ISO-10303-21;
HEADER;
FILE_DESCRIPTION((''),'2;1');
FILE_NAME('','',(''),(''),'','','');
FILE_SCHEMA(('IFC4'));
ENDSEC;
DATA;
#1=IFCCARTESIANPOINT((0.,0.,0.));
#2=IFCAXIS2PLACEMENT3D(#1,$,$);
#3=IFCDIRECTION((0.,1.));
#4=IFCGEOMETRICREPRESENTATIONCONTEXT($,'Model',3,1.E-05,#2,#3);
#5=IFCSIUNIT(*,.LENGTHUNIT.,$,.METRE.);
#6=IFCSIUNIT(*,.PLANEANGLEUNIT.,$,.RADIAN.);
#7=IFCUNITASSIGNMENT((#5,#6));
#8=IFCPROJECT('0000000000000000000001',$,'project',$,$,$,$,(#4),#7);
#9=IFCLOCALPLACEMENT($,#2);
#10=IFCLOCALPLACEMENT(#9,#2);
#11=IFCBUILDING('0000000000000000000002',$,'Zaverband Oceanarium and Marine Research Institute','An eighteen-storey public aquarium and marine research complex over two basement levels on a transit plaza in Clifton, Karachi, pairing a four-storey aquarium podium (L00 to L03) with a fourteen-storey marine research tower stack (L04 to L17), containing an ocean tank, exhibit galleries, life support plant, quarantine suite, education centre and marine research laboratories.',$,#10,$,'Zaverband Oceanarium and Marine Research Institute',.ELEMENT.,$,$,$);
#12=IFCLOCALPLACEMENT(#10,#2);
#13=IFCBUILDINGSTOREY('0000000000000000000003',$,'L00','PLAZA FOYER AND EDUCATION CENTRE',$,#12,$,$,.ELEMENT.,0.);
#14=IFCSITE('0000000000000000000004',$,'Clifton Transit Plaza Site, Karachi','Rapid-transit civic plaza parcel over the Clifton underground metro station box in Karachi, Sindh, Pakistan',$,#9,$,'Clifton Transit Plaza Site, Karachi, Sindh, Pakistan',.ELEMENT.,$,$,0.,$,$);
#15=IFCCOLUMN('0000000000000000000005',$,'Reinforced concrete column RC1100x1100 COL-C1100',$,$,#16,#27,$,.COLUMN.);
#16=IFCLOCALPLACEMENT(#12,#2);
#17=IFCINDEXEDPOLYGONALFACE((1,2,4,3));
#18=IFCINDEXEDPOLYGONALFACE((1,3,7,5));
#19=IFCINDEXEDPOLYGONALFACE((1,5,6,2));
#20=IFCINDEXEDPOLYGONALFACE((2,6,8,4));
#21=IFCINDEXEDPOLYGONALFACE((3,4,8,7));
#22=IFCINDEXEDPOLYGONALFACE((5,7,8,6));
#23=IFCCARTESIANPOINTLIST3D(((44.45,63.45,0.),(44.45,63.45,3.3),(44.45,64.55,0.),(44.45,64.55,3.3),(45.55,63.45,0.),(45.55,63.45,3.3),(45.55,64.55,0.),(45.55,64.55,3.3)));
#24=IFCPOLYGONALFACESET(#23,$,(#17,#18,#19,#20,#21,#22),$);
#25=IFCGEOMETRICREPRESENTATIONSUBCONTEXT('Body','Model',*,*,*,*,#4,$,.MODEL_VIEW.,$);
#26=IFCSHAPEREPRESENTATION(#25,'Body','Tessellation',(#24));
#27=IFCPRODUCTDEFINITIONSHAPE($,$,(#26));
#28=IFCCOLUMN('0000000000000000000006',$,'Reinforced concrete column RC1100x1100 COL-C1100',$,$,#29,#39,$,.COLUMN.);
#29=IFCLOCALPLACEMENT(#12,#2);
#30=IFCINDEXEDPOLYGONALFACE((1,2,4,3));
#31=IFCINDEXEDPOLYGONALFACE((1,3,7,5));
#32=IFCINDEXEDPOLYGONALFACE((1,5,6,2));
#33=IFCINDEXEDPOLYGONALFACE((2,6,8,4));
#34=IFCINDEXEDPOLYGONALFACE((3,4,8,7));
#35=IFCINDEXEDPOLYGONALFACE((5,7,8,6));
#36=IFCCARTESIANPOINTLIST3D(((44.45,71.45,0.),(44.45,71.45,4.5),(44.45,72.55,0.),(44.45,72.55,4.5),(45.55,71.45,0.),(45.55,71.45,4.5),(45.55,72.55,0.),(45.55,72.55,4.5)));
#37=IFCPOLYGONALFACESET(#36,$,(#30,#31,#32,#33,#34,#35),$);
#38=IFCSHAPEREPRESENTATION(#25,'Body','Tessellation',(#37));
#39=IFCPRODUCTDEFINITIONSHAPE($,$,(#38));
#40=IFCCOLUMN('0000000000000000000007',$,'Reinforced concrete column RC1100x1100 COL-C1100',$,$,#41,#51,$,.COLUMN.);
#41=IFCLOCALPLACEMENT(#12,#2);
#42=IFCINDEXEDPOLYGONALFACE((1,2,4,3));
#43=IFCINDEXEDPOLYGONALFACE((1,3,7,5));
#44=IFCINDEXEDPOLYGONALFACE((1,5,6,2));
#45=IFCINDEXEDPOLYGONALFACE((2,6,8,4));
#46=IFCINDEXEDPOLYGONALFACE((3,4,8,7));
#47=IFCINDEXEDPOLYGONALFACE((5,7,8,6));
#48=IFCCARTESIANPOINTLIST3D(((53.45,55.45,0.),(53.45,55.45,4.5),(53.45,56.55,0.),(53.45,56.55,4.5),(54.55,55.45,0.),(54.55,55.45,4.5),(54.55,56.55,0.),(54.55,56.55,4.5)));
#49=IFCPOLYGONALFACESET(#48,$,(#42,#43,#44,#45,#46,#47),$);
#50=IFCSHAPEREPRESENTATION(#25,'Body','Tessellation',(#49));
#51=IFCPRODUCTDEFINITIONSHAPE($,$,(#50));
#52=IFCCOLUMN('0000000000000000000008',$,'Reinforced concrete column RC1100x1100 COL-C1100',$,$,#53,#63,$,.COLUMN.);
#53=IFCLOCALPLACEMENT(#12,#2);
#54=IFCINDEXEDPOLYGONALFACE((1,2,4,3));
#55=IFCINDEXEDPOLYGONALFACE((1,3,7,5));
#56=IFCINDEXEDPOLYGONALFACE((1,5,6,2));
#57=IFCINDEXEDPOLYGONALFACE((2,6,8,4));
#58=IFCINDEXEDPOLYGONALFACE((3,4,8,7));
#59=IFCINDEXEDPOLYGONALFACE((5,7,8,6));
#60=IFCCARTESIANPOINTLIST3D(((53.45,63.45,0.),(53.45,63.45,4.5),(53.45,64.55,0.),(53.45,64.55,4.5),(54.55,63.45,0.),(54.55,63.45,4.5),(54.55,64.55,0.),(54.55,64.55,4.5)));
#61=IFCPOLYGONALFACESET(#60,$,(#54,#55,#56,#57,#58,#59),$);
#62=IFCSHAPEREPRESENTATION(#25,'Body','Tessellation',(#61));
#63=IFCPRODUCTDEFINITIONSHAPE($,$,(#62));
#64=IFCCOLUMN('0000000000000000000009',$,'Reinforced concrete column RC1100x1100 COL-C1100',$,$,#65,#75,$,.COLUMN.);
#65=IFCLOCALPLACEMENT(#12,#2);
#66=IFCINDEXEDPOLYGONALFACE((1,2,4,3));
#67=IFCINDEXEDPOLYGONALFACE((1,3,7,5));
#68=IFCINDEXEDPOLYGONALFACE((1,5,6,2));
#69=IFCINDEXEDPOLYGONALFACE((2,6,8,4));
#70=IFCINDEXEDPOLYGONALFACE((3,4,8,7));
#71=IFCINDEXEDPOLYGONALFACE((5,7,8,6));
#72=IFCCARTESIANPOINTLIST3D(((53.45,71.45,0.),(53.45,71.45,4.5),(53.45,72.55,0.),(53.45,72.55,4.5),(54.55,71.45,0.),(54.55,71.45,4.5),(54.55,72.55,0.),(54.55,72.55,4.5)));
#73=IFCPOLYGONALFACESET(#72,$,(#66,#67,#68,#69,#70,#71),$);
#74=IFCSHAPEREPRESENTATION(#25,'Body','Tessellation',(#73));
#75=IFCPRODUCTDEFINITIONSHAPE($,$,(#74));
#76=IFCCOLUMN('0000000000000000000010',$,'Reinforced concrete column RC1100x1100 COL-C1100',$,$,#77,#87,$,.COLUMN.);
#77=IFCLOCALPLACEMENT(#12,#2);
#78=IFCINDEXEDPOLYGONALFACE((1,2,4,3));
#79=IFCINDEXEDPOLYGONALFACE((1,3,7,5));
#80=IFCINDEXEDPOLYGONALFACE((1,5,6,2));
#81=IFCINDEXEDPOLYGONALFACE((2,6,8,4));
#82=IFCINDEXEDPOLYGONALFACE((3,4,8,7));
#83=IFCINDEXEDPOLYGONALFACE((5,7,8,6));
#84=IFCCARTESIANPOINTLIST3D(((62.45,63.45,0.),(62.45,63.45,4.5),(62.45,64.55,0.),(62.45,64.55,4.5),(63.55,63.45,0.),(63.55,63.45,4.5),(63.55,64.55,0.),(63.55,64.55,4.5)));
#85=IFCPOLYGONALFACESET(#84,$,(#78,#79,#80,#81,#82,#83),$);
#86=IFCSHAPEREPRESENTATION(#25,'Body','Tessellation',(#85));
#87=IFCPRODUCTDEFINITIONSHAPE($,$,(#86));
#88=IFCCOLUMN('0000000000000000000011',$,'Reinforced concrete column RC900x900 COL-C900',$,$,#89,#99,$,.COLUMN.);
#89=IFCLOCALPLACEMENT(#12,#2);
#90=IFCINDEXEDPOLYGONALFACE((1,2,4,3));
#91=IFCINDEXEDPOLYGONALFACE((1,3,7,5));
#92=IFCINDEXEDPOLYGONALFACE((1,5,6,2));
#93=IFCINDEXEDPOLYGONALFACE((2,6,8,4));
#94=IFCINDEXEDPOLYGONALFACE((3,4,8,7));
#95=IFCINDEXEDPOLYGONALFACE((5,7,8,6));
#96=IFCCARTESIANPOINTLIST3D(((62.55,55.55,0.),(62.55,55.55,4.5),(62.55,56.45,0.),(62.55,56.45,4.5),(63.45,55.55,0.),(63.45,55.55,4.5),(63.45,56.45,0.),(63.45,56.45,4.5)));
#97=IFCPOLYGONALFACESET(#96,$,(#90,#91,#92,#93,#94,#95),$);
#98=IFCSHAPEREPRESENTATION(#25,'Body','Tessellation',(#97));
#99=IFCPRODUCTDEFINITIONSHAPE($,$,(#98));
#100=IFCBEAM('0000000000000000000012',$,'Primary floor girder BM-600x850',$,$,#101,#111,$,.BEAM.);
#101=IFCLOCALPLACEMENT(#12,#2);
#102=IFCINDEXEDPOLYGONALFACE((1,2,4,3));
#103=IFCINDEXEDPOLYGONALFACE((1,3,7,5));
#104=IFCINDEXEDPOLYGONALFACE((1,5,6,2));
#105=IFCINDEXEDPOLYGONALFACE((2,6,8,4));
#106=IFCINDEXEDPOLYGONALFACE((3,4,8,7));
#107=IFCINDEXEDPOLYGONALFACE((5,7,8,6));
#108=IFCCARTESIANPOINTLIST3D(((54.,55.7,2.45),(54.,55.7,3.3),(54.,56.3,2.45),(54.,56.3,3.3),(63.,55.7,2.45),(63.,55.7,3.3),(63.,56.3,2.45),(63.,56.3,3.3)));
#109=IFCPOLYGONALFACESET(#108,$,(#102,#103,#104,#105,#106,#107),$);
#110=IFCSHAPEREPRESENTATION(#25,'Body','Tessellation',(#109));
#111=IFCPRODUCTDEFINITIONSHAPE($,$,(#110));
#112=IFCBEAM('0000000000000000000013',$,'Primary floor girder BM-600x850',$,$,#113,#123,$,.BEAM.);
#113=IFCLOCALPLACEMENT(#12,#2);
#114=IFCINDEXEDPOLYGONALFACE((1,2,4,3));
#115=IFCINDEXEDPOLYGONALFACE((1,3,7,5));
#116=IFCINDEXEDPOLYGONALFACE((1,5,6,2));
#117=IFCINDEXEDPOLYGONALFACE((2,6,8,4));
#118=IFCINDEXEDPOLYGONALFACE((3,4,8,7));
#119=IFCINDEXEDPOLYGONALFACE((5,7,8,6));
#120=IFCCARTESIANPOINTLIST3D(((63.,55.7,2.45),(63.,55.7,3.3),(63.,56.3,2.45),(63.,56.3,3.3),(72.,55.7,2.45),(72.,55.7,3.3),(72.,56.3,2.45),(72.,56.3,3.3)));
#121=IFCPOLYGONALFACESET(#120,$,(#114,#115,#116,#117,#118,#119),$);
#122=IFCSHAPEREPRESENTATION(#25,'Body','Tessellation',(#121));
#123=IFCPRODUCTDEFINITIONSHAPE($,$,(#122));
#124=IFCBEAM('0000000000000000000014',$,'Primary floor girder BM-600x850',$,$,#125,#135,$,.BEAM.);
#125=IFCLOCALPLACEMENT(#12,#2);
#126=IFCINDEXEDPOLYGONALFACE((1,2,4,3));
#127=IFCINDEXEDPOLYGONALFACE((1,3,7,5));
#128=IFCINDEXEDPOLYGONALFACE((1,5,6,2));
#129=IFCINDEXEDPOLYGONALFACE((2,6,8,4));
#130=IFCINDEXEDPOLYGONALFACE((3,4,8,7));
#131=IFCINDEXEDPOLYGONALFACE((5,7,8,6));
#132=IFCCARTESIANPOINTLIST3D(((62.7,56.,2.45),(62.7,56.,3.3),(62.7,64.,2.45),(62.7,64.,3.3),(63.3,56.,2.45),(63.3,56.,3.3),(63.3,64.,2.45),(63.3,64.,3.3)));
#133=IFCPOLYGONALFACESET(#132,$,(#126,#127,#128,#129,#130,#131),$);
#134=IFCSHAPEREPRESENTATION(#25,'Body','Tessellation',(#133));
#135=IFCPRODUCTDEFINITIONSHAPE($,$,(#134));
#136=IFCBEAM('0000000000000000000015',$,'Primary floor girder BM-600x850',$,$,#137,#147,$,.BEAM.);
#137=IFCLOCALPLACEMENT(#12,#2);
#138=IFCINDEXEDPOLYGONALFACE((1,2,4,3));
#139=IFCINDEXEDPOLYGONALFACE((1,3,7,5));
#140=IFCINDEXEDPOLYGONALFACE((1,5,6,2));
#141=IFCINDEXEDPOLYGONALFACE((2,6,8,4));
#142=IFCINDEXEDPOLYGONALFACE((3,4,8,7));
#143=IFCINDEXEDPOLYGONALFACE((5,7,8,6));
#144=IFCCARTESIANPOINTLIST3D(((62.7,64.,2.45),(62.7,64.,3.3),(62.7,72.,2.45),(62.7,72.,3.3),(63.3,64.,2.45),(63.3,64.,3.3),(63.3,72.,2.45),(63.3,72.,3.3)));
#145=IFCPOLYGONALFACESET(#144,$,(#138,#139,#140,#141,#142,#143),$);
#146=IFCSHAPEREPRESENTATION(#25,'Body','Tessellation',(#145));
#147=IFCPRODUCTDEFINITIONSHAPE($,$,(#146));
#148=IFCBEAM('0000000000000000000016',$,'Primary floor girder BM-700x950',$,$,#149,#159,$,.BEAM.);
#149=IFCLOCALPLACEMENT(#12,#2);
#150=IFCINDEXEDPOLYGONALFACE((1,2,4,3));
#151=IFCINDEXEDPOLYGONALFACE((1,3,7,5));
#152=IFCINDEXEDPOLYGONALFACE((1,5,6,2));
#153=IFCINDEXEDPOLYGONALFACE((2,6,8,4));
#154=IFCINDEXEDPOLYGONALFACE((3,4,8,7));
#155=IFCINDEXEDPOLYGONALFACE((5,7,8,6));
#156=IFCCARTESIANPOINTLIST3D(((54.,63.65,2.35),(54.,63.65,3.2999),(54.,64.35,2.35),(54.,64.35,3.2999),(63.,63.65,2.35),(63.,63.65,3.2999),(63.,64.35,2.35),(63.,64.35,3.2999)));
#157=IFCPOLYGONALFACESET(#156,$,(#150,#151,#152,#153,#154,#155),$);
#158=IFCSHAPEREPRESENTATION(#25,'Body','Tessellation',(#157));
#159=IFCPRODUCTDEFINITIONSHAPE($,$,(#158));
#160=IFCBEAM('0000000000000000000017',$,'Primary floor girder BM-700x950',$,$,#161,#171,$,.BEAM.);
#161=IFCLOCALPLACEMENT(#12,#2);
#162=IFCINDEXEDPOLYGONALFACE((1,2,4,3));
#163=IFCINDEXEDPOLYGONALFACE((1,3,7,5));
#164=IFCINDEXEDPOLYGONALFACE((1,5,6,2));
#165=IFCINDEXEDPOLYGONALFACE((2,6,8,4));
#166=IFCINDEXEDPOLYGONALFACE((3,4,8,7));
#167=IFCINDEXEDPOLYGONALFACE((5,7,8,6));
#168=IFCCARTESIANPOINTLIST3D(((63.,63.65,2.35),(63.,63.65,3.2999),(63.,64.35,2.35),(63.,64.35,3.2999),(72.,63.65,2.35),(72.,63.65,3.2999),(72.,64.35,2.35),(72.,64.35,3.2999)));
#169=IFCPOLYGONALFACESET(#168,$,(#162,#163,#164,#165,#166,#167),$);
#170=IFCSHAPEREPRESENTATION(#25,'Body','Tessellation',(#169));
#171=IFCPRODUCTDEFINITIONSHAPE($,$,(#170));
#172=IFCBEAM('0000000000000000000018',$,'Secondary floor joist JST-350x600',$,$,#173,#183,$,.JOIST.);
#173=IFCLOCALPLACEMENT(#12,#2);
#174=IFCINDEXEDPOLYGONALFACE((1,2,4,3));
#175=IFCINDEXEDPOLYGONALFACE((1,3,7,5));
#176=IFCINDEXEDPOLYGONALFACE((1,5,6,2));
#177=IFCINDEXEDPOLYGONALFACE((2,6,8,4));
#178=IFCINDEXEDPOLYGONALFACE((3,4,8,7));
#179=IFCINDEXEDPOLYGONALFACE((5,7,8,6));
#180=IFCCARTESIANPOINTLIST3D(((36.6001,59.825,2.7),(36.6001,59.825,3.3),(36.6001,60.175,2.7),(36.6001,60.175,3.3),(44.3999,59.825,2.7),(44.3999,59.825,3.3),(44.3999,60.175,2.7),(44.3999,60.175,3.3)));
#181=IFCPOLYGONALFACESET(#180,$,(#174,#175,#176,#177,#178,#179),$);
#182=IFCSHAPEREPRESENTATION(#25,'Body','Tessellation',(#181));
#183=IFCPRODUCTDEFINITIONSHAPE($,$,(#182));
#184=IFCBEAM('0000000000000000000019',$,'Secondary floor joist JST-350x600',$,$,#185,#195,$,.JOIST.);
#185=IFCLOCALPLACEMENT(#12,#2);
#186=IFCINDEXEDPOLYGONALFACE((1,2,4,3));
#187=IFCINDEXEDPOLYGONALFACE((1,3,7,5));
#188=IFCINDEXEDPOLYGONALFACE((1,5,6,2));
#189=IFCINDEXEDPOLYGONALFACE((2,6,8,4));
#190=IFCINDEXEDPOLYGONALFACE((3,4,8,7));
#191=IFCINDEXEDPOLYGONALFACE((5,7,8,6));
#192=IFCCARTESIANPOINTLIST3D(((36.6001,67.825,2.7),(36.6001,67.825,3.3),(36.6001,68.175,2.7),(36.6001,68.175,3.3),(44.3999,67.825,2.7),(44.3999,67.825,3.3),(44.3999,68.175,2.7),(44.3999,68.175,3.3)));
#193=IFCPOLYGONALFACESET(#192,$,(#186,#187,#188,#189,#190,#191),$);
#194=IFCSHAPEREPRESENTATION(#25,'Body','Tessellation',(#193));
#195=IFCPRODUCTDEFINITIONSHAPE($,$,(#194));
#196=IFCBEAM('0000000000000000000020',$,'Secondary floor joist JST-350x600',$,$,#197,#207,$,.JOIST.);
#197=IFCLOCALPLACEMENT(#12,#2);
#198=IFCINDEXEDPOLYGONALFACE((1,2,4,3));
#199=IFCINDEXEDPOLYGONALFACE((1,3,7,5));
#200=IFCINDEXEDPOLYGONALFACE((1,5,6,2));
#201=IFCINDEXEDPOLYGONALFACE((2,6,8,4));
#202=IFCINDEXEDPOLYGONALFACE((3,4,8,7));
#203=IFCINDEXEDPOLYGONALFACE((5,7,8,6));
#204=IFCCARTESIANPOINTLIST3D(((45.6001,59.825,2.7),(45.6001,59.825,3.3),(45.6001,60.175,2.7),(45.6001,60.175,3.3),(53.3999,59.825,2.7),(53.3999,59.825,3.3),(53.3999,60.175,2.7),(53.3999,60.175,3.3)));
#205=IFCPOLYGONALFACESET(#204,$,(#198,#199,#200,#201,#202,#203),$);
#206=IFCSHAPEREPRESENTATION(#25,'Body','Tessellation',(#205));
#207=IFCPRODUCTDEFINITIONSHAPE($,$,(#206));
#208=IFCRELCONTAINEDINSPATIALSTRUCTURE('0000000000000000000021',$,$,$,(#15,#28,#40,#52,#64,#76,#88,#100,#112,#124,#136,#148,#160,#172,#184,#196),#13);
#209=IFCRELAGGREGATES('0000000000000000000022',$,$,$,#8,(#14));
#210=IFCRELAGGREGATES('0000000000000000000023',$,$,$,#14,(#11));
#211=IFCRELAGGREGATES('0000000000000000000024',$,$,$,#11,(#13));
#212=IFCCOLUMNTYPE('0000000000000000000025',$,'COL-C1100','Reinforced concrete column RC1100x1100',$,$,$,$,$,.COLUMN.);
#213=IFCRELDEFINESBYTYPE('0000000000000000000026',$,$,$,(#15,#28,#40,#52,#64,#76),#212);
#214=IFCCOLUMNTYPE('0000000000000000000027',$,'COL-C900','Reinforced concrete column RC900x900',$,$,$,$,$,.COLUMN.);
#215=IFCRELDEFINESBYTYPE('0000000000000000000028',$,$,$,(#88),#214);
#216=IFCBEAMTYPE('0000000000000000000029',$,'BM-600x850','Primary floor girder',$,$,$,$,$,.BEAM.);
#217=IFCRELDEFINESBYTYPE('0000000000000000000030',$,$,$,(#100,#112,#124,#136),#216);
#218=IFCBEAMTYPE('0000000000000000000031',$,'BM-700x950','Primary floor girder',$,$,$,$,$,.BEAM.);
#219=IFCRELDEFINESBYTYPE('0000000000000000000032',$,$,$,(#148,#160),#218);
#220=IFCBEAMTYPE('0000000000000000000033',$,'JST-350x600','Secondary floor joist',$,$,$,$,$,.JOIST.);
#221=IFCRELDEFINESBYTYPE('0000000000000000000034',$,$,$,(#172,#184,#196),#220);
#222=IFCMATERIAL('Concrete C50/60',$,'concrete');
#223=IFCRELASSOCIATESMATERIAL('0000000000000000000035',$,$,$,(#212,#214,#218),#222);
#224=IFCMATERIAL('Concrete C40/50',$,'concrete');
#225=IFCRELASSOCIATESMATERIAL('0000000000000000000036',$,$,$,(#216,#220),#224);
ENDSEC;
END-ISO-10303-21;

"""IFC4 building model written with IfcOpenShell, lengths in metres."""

from ifc_helpers import new_model, si_unit, direction, frame, origin, origin_2d, place, context, subcontext, project, spatial, rectangle, extrude, material, material_profile, profile_set, type_object, element, save


model = new_model("IFC4")

# Units and contexts
model_context = context("Model", 3, precision=1e-05, world=origin(), true_north=direction((0.0, 1.0)))
body_context = subcontext(model_context, "Body", "Model", "MODEL_VIEW")
ifc_project = project(units=[si_unit("LENGTHUNIT", "METRE"), si_unit("PLANEANGLEUNIT", "RADIAN")], contexts=[model_context])

# Site, building, storey
site_placement = place(None, origin())
site = spatial("IfcSite", under=ifc_project, at=site_placement, Name="Clifton Transit Plaza Site, Karachi", Description="Rapid-transit civic plaza parcel over the Clifton underground metro station box in Karachi, Sindh, Pakistan", LongName="Clifton Transit Plaza Site, Karachi, Sindh, Pakistan", CompositionType="ELEMENT", RefElevation=0.0)
building_placement = place(site_placement, origin())
building = spatial("IfcBuilding", under=site, at=building_placement, Name="Zaverband Oceanarium and Marine Research Institute", Description="An eighteen-storey public aquarium and marine research complex over two basement levels on a transit plaza in Clifton, Karachi, pairing a four-storey aquarium podium (L00 to L03) with a fourteen-storey marine research tower stack (L04 to L17), containing an ocean tank, exhibit galleries, life support plant, quarantine suite, education centre and marine research laboratories.", LongName="Zaverband Oceanarium and Marine Research Institute", CompositionType="ELEMENT")
storey_placement = place(building_placement, origin())
storey = spatial("IfcBuildingStorey", under=building, at=storey_placement, Name="L00", Description="PLAZA FOYER AND EDUCATION CENTRE", CompositionType="ELEMENT", Elevation=0.0)

# Columns
ifc_material_1 = material(Name="Concrete C50/60", Category="concrete")
ifc_material_profile_1 = material_profile(ifc_material_1, rectangle(XDim=1.1001, YDim=1.1001, at=origin_2d()), Name="RC1100x1100")
ifc_profile_set_1 = profile_set([ifc_material_profile_1], Name="Concrete C50/60")
column_type_1 = type_object("IfcColumnType", Name="COL-C1100", Description="Reinforced concrete column RC1100x1100", PredefinedType="COLUMN", material=ifc_profile_set_1)
column_1_placement = place(storey_placement, frame((45.0, 64.0, 0.0), z_axis=(0.0, 0.0, 1.0), x_axis=(1.0, 0.0, 0.0)))
element("IfcColumn", 1, at=column_1_placement, inside=storey, type_object=column_type_1, Name="Reinforced concrete column RC1100x1100 COL-C1100", PredefinedType="COLUMN", context=body_context, shape_type="SweptSolid", body=[
    extrude(rectangle(XDim=1.1001, YDim=1.1001, at=origin_2d()), origin(), (0.0, 0.0, 1.0), 3.3),
])
for number, where, z_axis, x_axis, name in (
    (2, (45.0, 72.0, 0.0), (0.0, 0.0, 1.0), (1.0, 0.0, 0.0), "Reinforced concrete column RC1100x1100 COL-C1100"),
    (3, (54.0, 56.0, 0.0), (0.0, 0.0, 1.0), (1.0, 0.0, 0.0), "Reinforced concrete column RC1100x1100 COL-C1100"),
    (4, (54.0, 64.0, 0.0), (0.0, 0.0, 1.0), (1.0, 0.0, 0.0), "Reinforced concrete column RC1100x1100 COL-C1100"),
    (5, (54.0, 72.0, 0.0), (0.0, 0.0, 1.0), (1.0, 0.0, 0.0), "Reinforced concrete column RC1100x1100 COL-C1100"),
    (6, (63.0, 64.0, 0.0), (0.0, 0.0, 1.0), (1.0, 0.0, 0.0), "Reinforced concrete column RC1100x1100 COL-C1100"),
):
    element("IfcColumn", number, at=place(storey_placement, frame(where, z_axis=z_axis, x_axis=x_axis)), inside=storey, type_object=column_type_1, Name=name, PredefinedType="COLUMN", context=body_context, shape_type="SweptSolid", body=[
        extrude(rectangle(XDim=1.1001, YDim=1.1001, at=origin_2d()), origin(), (0.0, 0.0, 1.0), 4.5),
    ])
ifc_material_profile_2 = material_profile(ifc_material_1, rectangle(XDim=0.8999, YDim=0.8999, at=origin_2d()), Name="RC900x900")
ifc_profile_set_2 = profile_set([ifc_material_profile_2], Name="Concrete C50/60")
column_type_2 = type_object("IfcColumnType", Name="COL-C900", Description="Reinforced concrete column RC900x900", PredefinedType="COLUMN", material=ifc_profile_set_2)
column_2_placement = place(storey_placement, frame((63.0, 56.0, 0.0), z_axis=(0.0, 0.0, 1.0), x_axis=(1.0, 0.0, 0.0)))
element("IfcColumn", 7, at=column_2_placement, inside=storey, type_object=column_type_2, Name="Reinforced concrete column RC900x900 COL-C900", PredefinedType="COLUMN", context=body_context, shape_type="SweptSolid", body=[
    extrude(rectangle(XDim=0.8999, YDim=0.8999, at=origin_2d()), origin(), (0.0, 0.0, 1.0), 4.5),
])

# Beams
ifc_material_2 = material(Name="Concrete C40/50", Category="concrete")
ifc_material_profile_3 = material_profile(ifc_material_2, rectangle(XDim=0.6001, YDim=0.8501, at=origin_2d()), Name="RC600x850")
ifc_profile_set_3 = profile_set([ifc_material_profile_3], Name="Concrete C40/50")
beam_type_1 = type_object("IfcBeamType", Name="BM-600x850", Description="Primary floor girder", PredefinedType="BEAM", material=ifc_profile_set_3)
for number, where, z_axis, x_axis, name in (
    (8, (54.0, 56.0, 2.875), (1.0, 0.0, 0.0), (0.0, 1.0, 0.0), "Primary floor girder BM-600x850"),
    (9, (63.0, 56.0, 2.875), (1.0, 0.0, 0.0), (0.0, 1.0, 0.0), "Primary floor girder BM-600x850"),
):
    element("IfcBeam", number, at=place(storey_placement, frame(where, z_axis=z_axis, x_axis=x_axis)), inside=storey, type_object=beam_type_1, Name=name, PredefinedType="BEAM", context=body_context, shape_type="SweptSolid", body=[
        extrude(rectangle(XDim=0.6001, YDim=0.8501, at=origin_2d()), origin(), (0.0, 0.0, 1.0), 9.0),
    ])
for number, where, z_axis, x_axis, name in (
    (10, (63.0, 56.0, 2.875), (0.0, 1.0, 0.0), (-1.0, 0.0, 0.0), "Primary floor girder BM-600x850"),
    (11, (63.0, 64.0, 2.875), (0.0, 1.0, 0.0), (-1.0, 0.0, 0.0), "Primary floor girder BM-600x850"),
):
    element("IfcBeam", number, at=place(storey_placement, frame(where, z_axis=z_axis, x_axis=x_axis)), inside=storey, type_object=beam_type_1, Name=name, PredefinedType="BEAM", context=body_context, shape_type="SweptSolid", body=[
        extrude(rectangle(XDim=0.6001, YDim=0.8501, at=origin_2d()), origin(), (0.0, 0.0, 1.0), 8.0),
    ])
ifc_material_profile_4 = material_profile(ifc_material_1, rectangle(XDim=0.7, YDim=0.95, at=origin_2d()), Name="RC700x950")
ifc_profile_set_4 = profile_set([ifc_material_profile_4], Name="Concrete C50/60")
beam_type_2 = type_object("IfcBeamType", Name="BM-700x950", Description="Primary floor girder", PredefinedType="BEAM", material=ifc_profile_set_4)
for number, where, z_axis, x_axis, name in (
    (12, (54.0, 64.0, 2.825), (1.0, 0.0, 0.0), (0.0, 1.0, 0.0), "Primary floor girder BM-700x950"),
    (13, (63.0, 64.0, 2.825), (1.0, 0.0, 0.0), (0.0, 1.0, 0.0), "Primary floor girder BM-700x950"),
):
    element("IfcBeam", number, at=place(storey_placement, frame(where, z_axis=z_axis, x_axis=x_axis)), inside=storey, type_object=beam_type_2, Name=name, PredefinedType="BEAM", context=body_context, shape_type="SweptSolid", body=[
        extrude(rectangle(XDim=0.7, YDim=0.95, at=origin_2d()), origin(), (0.0, 0.0, 1.0), 9.0),
    ])
ifc_material_profile_5 = material_profile(ifc_material_2, rectangle(XDim=0.3501, YDim=0.6001, at=origin_2d()), Name="RC350x600")
ifc_profile_set_5 = profile_set([ifc_material_profile_5], Name="Concrete C40/50")
beam_type_3 = type_object("IfcBeamType", Name="JST-350x600", Description="Secondary floor joist", PredefinedType="JOIST", material=ifc_profile_set_5)
for number, where, z_axis, x_axis, name in (
    (14, (36.6001, 60.0, 3.0), (1.0, 0.0, 0.0), (0.0, 1.0, 0.0), "Secondary floor joist JST-350x600"),
    (15, (36.6001, 68.0, 3.0), (1.0, 0.0, 0.0), (0.0, 1.0, 0.0), "Secondary floor joist JST-350x600"),
    (16, (45.6001, 60.0, 3.0), (1.0, 0.0, 0.0), (0.0, 1.0, 0.0), "Secondary floor joist JST-350x600"),
):
    element("IfcBeam", number, at=place(storey_placement, frame(where, z_axis=z_axis, x_axis=x_axis)), inside=storey, type_object=beam_type_3, Name=name, PredefinedType="JOIST", context=body_context, shape_type="SweptSolid", body=[
        extrude(rectangle(XDim=0.3501, YDim=0.6001, at=origin_2d()), origin(), (0.0, 0.0, 1.0), 7.7998),
    ])

save(model, "model.ifc")
